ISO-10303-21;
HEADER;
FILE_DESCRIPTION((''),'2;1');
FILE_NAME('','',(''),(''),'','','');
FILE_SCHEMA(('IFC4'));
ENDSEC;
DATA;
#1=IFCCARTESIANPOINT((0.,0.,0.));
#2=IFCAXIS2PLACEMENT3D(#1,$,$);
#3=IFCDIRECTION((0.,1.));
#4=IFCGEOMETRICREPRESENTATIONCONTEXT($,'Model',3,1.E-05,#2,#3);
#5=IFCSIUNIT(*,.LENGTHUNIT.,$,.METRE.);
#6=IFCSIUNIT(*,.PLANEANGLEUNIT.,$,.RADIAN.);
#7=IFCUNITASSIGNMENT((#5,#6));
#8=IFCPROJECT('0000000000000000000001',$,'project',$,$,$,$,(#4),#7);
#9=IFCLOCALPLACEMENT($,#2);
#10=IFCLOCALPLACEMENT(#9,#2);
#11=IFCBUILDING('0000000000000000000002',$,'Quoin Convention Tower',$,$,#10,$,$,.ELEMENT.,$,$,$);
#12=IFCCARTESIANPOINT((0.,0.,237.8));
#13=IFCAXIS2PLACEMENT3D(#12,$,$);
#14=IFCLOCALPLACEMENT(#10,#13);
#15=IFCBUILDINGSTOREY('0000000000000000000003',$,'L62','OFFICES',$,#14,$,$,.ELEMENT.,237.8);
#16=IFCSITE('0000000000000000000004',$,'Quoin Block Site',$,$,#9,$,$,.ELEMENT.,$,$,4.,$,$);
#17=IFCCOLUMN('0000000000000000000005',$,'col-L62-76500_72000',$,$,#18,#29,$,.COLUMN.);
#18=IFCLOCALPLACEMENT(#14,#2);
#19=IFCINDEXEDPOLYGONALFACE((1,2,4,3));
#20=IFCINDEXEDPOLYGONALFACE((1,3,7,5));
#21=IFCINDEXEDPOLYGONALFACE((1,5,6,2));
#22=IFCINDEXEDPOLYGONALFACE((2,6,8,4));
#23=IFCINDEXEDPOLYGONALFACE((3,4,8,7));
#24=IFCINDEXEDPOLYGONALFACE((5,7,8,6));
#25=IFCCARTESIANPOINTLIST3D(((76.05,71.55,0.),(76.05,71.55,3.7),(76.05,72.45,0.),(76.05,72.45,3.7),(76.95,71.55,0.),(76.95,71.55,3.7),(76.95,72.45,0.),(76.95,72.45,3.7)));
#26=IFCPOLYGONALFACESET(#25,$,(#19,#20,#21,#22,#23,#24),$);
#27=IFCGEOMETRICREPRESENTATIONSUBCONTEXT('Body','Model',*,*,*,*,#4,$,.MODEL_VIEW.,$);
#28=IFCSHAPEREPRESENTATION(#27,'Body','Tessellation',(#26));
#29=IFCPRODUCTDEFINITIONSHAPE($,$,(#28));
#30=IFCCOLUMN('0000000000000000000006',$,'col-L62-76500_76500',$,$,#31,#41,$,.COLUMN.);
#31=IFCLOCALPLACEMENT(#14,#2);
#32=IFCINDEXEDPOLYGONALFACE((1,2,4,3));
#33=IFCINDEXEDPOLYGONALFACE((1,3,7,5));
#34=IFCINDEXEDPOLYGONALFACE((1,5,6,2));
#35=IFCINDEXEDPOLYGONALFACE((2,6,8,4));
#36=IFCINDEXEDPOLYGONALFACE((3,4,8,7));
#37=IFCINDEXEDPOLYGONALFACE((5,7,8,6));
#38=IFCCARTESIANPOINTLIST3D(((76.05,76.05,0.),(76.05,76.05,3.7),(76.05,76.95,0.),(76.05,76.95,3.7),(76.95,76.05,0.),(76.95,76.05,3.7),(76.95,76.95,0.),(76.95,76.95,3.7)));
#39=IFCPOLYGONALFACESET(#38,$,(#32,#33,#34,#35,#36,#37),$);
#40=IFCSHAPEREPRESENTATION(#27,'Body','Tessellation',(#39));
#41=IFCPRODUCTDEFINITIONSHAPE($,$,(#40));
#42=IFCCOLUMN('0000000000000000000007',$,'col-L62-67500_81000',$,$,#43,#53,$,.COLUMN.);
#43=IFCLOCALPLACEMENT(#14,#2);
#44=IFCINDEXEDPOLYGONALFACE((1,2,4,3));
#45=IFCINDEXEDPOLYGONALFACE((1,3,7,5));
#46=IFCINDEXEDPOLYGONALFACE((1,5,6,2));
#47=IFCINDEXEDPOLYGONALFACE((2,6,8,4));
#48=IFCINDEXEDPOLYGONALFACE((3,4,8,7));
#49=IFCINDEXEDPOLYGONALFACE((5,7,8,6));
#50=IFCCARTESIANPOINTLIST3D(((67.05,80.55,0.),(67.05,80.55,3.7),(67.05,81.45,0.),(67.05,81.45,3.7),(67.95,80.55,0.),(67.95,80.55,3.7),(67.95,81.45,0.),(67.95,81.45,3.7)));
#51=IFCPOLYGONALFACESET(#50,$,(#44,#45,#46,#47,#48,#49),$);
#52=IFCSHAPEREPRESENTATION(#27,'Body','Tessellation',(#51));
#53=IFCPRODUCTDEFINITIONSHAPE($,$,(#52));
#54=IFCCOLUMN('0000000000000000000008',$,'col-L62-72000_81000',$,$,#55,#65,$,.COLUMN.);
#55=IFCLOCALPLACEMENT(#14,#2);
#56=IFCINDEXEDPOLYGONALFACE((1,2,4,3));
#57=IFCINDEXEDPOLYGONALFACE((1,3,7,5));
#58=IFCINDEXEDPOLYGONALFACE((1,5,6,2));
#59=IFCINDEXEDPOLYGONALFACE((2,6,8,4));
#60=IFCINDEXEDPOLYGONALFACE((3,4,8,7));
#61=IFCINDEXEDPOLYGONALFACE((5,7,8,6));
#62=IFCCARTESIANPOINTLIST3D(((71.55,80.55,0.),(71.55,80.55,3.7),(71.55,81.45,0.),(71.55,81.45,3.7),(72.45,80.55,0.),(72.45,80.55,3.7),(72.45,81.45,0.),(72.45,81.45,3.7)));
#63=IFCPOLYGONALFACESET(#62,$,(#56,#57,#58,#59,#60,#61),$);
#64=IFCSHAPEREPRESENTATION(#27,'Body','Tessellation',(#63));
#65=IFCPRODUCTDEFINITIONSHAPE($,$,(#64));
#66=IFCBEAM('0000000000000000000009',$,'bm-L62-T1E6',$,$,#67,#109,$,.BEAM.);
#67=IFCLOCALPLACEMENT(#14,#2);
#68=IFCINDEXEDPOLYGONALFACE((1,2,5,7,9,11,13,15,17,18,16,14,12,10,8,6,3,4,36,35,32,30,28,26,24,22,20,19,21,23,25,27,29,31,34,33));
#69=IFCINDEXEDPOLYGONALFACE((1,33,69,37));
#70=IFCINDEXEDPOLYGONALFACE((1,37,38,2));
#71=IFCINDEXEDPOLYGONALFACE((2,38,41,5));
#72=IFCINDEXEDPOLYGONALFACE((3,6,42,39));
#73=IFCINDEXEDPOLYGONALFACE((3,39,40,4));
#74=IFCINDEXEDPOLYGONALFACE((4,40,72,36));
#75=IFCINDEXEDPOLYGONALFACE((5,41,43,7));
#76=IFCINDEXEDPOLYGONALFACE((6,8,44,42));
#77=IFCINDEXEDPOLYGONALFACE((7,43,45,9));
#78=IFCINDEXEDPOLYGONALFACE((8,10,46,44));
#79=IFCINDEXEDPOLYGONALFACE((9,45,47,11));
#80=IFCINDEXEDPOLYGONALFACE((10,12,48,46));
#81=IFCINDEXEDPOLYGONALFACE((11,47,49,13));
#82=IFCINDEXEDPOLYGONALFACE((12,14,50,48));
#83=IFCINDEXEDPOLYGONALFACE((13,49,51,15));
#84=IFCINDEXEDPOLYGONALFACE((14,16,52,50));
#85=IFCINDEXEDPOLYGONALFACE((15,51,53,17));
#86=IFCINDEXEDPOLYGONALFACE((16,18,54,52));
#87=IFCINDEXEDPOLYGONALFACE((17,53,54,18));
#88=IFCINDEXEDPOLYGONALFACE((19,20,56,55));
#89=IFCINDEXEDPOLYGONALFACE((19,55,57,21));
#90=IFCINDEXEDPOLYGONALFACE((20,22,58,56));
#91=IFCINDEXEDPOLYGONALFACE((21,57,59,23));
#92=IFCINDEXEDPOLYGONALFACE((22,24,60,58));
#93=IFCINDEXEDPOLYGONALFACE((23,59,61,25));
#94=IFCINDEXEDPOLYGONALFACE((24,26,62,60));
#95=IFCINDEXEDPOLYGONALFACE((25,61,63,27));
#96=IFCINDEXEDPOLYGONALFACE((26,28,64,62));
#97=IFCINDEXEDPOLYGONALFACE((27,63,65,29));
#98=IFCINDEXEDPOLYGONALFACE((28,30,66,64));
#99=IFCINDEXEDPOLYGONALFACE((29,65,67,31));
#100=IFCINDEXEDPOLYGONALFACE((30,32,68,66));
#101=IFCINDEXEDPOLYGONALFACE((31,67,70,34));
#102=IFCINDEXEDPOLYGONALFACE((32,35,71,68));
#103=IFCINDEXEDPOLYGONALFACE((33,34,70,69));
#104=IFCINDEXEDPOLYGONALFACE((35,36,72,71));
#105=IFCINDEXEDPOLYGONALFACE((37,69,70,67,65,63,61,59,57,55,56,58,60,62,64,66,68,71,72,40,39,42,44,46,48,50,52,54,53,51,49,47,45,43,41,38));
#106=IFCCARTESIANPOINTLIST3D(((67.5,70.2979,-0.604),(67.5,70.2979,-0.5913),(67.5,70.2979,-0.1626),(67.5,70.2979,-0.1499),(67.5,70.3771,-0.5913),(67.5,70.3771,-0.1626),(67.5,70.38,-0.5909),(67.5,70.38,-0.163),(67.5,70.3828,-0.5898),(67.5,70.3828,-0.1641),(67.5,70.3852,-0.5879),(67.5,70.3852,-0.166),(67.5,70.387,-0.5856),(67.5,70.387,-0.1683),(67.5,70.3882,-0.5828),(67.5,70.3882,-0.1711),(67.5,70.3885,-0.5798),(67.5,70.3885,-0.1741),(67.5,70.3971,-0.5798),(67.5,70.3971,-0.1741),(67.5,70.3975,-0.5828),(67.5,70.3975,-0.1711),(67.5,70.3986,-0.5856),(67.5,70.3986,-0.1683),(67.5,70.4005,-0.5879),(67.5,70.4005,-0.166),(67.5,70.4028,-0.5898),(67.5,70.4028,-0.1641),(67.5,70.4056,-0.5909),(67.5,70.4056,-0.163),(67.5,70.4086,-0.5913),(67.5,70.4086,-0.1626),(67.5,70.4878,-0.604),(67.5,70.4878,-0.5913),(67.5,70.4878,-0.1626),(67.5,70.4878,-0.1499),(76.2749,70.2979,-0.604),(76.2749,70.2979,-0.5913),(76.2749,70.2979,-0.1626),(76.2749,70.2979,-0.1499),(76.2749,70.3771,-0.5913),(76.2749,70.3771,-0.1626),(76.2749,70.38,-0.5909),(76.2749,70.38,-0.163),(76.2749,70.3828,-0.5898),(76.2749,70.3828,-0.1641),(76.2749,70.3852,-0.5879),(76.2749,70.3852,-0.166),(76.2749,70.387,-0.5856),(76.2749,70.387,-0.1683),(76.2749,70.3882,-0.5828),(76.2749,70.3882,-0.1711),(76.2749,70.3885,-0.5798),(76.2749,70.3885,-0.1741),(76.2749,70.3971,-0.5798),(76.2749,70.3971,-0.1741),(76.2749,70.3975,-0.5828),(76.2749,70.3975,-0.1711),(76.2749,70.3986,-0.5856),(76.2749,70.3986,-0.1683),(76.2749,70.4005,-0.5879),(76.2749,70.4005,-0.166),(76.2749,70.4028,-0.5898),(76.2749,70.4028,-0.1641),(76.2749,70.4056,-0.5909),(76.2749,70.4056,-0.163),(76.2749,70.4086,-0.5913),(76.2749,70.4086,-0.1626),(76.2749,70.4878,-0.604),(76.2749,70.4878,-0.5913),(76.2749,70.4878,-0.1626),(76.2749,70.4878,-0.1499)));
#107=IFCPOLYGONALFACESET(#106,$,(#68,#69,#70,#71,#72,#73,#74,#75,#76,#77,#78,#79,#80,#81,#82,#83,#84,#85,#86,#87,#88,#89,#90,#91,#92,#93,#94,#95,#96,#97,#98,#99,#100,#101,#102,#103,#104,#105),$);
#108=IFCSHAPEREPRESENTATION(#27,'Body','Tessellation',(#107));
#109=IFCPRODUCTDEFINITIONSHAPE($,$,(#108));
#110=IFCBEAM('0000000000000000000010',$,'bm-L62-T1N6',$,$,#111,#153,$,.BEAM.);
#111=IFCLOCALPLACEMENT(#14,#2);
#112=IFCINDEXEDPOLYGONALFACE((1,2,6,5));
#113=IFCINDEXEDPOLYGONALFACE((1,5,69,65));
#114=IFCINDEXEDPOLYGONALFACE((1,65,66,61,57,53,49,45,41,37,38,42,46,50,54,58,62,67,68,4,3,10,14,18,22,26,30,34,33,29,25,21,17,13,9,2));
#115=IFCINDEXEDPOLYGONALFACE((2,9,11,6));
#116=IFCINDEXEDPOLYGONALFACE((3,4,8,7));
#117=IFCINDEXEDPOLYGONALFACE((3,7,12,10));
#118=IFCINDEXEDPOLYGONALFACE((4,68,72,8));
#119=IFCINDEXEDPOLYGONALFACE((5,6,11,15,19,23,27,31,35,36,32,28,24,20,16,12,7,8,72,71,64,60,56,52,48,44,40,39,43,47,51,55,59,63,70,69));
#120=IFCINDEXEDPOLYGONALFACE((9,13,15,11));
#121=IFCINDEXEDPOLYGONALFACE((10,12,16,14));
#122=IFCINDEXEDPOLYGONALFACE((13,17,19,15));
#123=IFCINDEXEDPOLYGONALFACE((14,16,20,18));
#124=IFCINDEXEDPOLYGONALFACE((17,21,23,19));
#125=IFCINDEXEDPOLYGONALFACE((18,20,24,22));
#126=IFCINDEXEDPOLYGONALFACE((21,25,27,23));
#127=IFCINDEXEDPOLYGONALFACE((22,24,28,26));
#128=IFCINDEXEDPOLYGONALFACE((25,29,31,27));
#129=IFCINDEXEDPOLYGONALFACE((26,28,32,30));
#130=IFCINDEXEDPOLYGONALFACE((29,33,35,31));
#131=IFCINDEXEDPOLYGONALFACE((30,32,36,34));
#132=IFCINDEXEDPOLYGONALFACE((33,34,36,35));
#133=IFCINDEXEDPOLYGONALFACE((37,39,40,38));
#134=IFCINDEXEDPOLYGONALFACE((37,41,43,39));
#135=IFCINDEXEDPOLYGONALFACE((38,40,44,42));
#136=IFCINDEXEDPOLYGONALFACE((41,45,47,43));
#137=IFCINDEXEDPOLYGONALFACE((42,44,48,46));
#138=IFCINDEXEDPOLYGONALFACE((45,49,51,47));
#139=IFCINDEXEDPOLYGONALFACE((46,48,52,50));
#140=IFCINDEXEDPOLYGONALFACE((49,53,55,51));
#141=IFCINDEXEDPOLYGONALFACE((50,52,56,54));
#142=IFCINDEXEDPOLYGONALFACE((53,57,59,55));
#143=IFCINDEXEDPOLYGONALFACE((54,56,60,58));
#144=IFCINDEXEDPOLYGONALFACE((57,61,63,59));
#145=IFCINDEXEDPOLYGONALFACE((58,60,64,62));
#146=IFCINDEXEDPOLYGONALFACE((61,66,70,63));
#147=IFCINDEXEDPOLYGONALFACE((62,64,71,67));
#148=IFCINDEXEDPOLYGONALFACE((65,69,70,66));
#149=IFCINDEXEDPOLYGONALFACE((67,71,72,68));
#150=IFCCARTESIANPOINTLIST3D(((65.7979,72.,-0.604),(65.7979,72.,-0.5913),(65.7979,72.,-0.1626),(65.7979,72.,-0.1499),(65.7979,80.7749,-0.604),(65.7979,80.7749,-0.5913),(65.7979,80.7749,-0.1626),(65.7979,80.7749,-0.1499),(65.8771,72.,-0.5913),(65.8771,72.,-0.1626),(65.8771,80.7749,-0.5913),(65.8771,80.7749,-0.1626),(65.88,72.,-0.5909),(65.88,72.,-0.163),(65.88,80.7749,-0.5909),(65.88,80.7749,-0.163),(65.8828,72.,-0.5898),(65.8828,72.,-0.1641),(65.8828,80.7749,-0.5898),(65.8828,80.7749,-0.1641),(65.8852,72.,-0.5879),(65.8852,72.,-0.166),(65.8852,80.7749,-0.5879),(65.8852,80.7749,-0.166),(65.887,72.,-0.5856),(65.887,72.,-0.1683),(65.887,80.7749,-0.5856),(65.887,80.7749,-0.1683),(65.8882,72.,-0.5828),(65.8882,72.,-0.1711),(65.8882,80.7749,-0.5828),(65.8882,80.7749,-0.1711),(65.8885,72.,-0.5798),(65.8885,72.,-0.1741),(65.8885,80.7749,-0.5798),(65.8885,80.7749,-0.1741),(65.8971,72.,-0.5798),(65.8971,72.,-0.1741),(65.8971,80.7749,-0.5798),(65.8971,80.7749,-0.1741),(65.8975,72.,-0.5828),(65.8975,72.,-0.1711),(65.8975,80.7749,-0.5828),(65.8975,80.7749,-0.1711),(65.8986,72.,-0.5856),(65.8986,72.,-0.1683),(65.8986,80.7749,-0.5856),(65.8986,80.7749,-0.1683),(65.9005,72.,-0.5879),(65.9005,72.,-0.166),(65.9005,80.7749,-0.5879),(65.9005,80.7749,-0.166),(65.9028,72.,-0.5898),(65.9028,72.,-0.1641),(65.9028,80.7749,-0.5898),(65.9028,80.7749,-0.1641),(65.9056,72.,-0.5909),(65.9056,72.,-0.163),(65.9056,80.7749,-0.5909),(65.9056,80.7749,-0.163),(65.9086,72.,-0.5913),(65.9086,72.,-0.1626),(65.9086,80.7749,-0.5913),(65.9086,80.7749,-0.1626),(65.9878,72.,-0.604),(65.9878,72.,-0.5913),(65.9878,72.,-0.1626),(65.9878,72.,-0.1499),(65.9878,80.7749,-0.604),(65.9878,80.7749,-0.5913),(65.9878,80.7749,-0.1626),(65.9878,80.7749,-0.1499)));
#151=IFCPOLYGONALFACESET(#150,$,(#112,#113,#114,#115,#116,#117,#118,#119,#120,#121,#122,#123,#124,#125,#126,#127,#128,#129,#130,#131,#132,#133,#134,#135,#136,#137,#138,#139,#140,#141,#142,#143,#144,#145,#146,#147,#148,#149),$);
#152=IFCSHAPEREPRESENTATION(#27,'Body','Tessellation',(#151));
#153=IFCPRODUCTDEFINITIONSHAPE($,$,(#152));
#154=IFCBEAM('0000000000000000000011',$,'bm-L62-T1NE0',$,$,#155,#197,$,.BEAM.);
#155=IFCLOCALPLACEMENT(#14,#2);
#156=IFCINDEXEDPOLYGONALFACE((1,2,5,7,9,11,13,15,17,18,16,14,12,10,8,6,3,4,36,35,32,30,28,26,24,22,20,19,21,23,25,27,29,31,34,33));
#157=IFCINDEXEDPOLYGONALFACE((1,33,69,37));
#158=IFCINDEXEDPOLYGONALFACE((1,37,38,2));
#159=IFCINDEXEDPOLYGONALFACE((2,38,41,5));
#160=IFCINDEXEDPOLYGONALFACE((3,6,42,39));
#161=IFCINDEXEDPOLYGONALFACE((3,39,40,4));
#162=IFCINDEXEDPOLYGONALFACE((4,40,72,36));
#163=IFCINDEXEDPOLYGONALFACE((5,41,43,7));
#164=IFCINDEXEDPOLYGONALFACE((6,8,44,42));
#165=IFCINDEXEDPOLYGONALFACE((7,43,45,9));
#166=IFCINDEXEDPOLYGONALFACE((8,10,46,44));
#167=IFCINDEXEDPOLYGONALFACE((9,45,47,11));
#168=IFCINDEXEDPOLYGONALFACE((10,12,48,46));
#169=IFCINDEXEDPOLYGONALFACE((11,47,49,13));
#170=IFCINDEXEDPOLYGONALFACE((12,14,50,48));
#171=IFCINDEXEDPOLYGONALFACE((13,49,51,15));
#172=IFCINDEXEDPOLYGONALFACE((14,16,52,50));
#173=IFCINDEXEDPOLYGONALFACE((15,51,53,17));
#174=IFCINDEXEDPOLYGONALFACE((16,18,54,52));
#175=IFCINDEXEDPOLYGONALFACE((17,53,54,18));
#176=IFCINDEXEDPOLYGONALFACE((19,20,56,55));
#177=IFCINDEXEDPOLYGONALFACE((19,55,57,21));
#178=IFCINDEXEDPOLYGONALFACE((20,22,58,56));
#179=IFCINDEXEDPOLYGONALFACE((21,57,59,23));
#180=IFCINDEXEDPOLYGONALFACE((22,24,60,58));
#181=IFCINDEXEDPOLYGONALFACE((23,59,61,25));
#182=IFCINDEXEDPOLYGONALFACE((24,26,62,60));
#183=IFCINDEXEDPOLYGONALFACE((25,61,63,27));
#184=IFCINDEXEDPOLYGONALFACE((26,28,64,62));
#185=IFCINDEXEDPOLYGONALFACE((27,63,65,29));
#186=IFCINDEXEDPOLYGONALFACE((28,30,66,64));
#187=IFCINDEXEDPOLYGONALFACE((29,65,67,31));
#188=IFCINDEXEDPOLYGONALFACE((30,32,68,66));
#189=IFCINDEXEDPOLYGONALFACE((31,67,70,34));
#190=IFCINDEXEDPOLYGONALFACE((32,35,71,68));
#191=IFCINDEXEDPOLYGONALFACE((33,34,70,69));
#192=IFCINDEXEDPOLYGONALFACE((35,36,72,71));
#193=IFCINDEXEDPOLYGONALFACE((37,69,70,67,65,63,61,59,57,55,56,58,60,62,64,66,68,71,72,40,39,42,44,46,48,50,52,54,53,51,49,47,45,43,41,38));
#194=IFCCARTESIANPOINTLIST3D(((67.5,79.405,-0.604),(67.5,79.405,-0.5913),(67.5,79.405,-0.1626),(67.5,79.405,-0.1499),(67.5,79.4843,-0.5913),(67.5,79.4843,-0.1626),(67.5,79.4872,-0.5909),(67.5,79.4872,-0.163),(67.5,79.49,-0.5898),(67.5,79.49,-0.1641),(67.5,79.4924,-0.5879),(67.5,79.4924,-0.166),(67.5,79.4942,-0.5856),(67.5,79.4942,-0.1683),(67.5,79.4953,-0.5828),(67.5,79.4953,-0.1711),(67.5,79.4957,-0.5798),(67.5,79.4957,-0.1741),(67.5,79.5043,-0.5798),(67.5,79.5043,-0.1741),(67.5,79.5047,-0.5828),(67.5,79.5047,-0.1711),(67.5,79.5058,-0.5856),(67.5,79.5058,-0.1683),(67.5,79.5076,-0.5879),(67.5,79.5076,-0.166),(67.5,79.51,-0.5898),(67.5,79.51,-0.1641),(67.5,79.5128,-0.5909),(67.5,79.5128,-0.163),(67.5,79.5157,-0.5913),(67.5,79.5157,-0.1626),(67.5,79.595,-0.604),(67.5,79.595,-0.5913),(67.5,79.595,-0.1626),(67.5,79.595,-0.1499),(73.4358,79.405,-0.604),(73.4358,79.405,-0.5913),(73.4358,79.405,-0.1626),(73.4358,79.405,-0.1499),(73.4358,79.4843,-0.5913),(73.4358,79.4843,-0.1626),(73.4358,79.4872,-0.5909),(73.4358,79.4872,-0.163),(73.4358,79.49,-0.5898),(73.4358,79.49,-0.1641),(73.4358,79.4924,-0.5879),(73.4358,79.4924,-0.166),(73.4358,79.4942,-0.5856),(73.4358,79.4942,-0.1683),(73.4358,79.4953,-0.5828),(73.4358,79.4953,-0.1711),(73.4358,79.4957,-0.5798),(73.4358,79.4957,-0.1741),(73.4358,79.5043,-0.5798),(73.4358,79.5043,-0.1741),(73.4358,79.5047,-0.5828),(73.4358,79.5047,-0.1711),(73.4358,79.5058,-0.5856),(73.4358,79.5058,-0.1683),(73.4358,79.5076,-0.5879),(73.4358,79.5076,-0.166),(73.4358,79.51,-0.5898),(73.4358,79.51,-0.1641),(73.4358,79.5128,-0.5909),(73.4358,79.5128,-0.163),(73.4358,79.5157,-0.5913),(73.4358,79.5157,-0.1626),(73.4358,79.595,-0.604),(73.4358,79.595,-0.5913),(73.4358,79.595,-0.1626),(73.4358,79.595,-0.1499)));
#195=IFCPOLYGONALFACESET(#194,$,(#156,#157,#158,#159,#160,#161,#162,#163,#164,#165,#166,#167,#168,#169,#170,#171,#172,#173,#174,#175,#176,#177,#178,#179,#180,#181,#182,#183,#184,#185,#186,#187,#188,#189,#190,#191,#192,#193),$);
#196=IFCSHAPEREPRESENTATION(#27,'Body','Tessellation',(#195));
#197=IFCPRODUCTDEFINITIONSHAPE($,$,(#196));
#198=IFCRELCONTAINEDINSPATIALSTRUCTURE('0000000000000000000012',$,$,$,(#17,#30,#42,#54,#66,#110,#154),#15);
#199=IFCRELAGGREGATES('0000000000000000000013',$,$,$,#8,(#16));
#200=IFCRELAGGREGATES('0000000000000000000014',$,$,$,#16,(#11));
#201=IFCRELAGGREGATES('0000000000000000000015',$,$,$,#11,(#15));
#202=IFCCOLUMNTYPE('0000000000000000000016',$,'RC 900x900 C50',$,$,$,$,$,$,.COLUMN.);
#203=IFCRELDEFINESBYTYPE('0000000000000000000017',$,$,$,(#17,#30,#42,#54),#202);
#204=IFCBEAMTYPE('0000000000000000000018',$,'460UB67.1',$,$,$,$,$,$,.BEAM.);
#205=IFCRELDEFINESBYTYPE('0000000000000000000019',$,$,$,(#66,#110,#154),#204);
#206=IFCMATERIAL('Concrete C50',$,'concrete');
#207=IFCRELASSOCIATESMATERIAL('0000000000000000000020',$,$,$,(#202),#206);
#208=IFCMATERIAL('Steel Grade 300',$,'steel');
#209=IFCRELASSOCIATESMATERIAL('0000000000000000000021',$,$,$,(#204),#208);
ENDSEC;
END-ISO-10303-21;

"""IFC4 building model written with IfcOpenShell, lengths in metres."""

from ifc_helpers import new_model, si_unit, direction, frame, origin, origin_2d, place, context, subcontext, project, spatial, rectangle, i_section, extrude, material, material_profile, profile_set, type_object, element, save


model = new_model("IFC4")

# Units and contexts
model_context = context("Model", 3, precision=1e-05, world=origin(), true_north=direction((0.0, 1.0)))
body_context = subcontext(model_context, "Body", "Model", "MODEL_VIEW")
ifc_project = project(units=[si_unit("LENGTHUNIT", "METRE"), si_unit("PLANEANGLEUNIT", "RADIAN")], contexts=[model_context])

# Site, building, storey
site_placement = place(None, origin())
site = spatial("IfcSite", under=ifc_project, at=site_placement, Name="Quoin Block Site", CompositionType="ELEMENT", RefElevation=4.0)
building_placement = place(site_placement, origin())
building = spatial("IfcBuilding", under=site, at=building_placement, Name="Quoin Convention Tower", CompositionType="ELEMENT")
storey_placement = place(building_placement, frame((0.0, 0.0, 237.8)))
storey = spatial("IfcBuildingStorey", under=building, at=storey_placement, Name="L62", Description="OFFICES", CompositionType="ELEMENT", Elevation=237.8)

# Columns
ifc_material_1 = material(Name="Concrete C50", Category="concrete")
ifc_material_profile_1 = material_profile(ifc_material_1, rectangle(XDim=0.8999, YDim=0.8999, at=origin_2d()), Name="RC 900x900")
ifc_profile_set_1 = profile_set([ifc_material_profile_1], Name="Concrete C50")
column_type = type_object("IfcColumnType", Name="RC 900x900 C50", PredefinedType="COLUMN", material=ifc_profile_set_1)
for number, where, z_axis, x_axis, name in (
    (1, (76.5, 72.0, 0.0), (0.0, 0.0, 1.0), (1.0, 0.0, 0.0), "col-L62-76500_72000"),
    (2, (76.5, 76.5, 0.0), (0.0, 0.0, 1.0), (1.0, 0.0, 0.0), "col-L62-76500_76500"),
    (3, (67.5, 81.0, 0.0), (0.0, 0.0, 1.0), (1.0, 0.0, 0.0), "col-L62-67500_81000"),
    (4, (72.0, 81.0, 0.0), (0.0, 0.0, 1.0), (1.0, 0.0, 0.0), "col-L62-72000_81000"),
):
    element("IfcColumn", number, at=place(storey_placement, frame(where, z_axis=z_axis, x_axis=x_axis)), inside=storey, type_object=column_type, Name=name, PredefinedType="COLUMN", context=body_context, shape_type="SweptSolid", body=[
        extrude(rectangle(XDim=0.8999, YDim=0.8999, at=origin_2d()), origin(), (0.0, 0.0, 1.0), 3.7),
    ])

# Beams
ifc_material_2 = material(Name="Steel Grade 300", Category="steel")
ifc_material_profile_2 = material_profile(ifc_material_2, i_section(OverallWidth=0.1899, OverallDepth=0.4541, WebThickness=0.0085, FlangeThickness=0.0127, FilletRadius=0.0115, at=origin_2d()), Name="460UB67.1")
ifc_profile_set_2 = profile_set([ifc_material_profile_2], Name="Steel Grade 300")
beam_type_1 = type_object("IfcBeamType", Name="460UB67.1", PredefinedType="BEAM", material=ifc_profile_set_2)
for number, where, z_axis, x_axis, name in (
    (5, (67.5, 70.3928, -0.377), (1.0, 0.0, 0.0), (0.0, 1.0, 0.0), "bm-L62-T1E6"),
    (6, (65.8928, 72.0, -0.377), (0.0, 1.0, 0.0), (-1.0, 0.0, 0.0), "bm-L62-T1N6"),
):
    element("IfcBeam", number, at=place(storey_placement, frame(where, z_axis=z_axis, x_axis=x_axis)), inside=storey, type_object=beam_type_1, Name=name, PredefinedType="BEAM", context=body_context, shape_type="SweptSolid", body=[
        extrude(i_section(OverallWidth=0.1899, OverallDepth=0.4541, WebThickness=0.0085, FlangeThickness=0.0127, FilletRadius=0.0115, at=origin_2d()), origin(), (0.0, 0.0, 1.0), 8.7749),
    ])
beam_1_placement = place(storey_placement, frame((67.5, 79.5, -0.377), z_axis=(1.0, 0.0, 0.0), x_axis=(0.0, 1.0, 0.0)))
element("IfcBeam", 7, at=beam_1_placement, inside=storey, type_object=beam_type_1, Name="bm-L62-T1NE0", PredefinedType="BEAM", context=body_context, shape_type="SweptSolid", body=[
    extrude(i_section(OverallWidth=0.1899, OverallDepth=0.4541, WebThickness=0.0085, FlangeThickness=0.0127, FilletRadius=0.0115, at=origin_2d()), origin(), (0.0, 0.0, 1.0), 5.9358),
])

save(model, "model.ifc")
